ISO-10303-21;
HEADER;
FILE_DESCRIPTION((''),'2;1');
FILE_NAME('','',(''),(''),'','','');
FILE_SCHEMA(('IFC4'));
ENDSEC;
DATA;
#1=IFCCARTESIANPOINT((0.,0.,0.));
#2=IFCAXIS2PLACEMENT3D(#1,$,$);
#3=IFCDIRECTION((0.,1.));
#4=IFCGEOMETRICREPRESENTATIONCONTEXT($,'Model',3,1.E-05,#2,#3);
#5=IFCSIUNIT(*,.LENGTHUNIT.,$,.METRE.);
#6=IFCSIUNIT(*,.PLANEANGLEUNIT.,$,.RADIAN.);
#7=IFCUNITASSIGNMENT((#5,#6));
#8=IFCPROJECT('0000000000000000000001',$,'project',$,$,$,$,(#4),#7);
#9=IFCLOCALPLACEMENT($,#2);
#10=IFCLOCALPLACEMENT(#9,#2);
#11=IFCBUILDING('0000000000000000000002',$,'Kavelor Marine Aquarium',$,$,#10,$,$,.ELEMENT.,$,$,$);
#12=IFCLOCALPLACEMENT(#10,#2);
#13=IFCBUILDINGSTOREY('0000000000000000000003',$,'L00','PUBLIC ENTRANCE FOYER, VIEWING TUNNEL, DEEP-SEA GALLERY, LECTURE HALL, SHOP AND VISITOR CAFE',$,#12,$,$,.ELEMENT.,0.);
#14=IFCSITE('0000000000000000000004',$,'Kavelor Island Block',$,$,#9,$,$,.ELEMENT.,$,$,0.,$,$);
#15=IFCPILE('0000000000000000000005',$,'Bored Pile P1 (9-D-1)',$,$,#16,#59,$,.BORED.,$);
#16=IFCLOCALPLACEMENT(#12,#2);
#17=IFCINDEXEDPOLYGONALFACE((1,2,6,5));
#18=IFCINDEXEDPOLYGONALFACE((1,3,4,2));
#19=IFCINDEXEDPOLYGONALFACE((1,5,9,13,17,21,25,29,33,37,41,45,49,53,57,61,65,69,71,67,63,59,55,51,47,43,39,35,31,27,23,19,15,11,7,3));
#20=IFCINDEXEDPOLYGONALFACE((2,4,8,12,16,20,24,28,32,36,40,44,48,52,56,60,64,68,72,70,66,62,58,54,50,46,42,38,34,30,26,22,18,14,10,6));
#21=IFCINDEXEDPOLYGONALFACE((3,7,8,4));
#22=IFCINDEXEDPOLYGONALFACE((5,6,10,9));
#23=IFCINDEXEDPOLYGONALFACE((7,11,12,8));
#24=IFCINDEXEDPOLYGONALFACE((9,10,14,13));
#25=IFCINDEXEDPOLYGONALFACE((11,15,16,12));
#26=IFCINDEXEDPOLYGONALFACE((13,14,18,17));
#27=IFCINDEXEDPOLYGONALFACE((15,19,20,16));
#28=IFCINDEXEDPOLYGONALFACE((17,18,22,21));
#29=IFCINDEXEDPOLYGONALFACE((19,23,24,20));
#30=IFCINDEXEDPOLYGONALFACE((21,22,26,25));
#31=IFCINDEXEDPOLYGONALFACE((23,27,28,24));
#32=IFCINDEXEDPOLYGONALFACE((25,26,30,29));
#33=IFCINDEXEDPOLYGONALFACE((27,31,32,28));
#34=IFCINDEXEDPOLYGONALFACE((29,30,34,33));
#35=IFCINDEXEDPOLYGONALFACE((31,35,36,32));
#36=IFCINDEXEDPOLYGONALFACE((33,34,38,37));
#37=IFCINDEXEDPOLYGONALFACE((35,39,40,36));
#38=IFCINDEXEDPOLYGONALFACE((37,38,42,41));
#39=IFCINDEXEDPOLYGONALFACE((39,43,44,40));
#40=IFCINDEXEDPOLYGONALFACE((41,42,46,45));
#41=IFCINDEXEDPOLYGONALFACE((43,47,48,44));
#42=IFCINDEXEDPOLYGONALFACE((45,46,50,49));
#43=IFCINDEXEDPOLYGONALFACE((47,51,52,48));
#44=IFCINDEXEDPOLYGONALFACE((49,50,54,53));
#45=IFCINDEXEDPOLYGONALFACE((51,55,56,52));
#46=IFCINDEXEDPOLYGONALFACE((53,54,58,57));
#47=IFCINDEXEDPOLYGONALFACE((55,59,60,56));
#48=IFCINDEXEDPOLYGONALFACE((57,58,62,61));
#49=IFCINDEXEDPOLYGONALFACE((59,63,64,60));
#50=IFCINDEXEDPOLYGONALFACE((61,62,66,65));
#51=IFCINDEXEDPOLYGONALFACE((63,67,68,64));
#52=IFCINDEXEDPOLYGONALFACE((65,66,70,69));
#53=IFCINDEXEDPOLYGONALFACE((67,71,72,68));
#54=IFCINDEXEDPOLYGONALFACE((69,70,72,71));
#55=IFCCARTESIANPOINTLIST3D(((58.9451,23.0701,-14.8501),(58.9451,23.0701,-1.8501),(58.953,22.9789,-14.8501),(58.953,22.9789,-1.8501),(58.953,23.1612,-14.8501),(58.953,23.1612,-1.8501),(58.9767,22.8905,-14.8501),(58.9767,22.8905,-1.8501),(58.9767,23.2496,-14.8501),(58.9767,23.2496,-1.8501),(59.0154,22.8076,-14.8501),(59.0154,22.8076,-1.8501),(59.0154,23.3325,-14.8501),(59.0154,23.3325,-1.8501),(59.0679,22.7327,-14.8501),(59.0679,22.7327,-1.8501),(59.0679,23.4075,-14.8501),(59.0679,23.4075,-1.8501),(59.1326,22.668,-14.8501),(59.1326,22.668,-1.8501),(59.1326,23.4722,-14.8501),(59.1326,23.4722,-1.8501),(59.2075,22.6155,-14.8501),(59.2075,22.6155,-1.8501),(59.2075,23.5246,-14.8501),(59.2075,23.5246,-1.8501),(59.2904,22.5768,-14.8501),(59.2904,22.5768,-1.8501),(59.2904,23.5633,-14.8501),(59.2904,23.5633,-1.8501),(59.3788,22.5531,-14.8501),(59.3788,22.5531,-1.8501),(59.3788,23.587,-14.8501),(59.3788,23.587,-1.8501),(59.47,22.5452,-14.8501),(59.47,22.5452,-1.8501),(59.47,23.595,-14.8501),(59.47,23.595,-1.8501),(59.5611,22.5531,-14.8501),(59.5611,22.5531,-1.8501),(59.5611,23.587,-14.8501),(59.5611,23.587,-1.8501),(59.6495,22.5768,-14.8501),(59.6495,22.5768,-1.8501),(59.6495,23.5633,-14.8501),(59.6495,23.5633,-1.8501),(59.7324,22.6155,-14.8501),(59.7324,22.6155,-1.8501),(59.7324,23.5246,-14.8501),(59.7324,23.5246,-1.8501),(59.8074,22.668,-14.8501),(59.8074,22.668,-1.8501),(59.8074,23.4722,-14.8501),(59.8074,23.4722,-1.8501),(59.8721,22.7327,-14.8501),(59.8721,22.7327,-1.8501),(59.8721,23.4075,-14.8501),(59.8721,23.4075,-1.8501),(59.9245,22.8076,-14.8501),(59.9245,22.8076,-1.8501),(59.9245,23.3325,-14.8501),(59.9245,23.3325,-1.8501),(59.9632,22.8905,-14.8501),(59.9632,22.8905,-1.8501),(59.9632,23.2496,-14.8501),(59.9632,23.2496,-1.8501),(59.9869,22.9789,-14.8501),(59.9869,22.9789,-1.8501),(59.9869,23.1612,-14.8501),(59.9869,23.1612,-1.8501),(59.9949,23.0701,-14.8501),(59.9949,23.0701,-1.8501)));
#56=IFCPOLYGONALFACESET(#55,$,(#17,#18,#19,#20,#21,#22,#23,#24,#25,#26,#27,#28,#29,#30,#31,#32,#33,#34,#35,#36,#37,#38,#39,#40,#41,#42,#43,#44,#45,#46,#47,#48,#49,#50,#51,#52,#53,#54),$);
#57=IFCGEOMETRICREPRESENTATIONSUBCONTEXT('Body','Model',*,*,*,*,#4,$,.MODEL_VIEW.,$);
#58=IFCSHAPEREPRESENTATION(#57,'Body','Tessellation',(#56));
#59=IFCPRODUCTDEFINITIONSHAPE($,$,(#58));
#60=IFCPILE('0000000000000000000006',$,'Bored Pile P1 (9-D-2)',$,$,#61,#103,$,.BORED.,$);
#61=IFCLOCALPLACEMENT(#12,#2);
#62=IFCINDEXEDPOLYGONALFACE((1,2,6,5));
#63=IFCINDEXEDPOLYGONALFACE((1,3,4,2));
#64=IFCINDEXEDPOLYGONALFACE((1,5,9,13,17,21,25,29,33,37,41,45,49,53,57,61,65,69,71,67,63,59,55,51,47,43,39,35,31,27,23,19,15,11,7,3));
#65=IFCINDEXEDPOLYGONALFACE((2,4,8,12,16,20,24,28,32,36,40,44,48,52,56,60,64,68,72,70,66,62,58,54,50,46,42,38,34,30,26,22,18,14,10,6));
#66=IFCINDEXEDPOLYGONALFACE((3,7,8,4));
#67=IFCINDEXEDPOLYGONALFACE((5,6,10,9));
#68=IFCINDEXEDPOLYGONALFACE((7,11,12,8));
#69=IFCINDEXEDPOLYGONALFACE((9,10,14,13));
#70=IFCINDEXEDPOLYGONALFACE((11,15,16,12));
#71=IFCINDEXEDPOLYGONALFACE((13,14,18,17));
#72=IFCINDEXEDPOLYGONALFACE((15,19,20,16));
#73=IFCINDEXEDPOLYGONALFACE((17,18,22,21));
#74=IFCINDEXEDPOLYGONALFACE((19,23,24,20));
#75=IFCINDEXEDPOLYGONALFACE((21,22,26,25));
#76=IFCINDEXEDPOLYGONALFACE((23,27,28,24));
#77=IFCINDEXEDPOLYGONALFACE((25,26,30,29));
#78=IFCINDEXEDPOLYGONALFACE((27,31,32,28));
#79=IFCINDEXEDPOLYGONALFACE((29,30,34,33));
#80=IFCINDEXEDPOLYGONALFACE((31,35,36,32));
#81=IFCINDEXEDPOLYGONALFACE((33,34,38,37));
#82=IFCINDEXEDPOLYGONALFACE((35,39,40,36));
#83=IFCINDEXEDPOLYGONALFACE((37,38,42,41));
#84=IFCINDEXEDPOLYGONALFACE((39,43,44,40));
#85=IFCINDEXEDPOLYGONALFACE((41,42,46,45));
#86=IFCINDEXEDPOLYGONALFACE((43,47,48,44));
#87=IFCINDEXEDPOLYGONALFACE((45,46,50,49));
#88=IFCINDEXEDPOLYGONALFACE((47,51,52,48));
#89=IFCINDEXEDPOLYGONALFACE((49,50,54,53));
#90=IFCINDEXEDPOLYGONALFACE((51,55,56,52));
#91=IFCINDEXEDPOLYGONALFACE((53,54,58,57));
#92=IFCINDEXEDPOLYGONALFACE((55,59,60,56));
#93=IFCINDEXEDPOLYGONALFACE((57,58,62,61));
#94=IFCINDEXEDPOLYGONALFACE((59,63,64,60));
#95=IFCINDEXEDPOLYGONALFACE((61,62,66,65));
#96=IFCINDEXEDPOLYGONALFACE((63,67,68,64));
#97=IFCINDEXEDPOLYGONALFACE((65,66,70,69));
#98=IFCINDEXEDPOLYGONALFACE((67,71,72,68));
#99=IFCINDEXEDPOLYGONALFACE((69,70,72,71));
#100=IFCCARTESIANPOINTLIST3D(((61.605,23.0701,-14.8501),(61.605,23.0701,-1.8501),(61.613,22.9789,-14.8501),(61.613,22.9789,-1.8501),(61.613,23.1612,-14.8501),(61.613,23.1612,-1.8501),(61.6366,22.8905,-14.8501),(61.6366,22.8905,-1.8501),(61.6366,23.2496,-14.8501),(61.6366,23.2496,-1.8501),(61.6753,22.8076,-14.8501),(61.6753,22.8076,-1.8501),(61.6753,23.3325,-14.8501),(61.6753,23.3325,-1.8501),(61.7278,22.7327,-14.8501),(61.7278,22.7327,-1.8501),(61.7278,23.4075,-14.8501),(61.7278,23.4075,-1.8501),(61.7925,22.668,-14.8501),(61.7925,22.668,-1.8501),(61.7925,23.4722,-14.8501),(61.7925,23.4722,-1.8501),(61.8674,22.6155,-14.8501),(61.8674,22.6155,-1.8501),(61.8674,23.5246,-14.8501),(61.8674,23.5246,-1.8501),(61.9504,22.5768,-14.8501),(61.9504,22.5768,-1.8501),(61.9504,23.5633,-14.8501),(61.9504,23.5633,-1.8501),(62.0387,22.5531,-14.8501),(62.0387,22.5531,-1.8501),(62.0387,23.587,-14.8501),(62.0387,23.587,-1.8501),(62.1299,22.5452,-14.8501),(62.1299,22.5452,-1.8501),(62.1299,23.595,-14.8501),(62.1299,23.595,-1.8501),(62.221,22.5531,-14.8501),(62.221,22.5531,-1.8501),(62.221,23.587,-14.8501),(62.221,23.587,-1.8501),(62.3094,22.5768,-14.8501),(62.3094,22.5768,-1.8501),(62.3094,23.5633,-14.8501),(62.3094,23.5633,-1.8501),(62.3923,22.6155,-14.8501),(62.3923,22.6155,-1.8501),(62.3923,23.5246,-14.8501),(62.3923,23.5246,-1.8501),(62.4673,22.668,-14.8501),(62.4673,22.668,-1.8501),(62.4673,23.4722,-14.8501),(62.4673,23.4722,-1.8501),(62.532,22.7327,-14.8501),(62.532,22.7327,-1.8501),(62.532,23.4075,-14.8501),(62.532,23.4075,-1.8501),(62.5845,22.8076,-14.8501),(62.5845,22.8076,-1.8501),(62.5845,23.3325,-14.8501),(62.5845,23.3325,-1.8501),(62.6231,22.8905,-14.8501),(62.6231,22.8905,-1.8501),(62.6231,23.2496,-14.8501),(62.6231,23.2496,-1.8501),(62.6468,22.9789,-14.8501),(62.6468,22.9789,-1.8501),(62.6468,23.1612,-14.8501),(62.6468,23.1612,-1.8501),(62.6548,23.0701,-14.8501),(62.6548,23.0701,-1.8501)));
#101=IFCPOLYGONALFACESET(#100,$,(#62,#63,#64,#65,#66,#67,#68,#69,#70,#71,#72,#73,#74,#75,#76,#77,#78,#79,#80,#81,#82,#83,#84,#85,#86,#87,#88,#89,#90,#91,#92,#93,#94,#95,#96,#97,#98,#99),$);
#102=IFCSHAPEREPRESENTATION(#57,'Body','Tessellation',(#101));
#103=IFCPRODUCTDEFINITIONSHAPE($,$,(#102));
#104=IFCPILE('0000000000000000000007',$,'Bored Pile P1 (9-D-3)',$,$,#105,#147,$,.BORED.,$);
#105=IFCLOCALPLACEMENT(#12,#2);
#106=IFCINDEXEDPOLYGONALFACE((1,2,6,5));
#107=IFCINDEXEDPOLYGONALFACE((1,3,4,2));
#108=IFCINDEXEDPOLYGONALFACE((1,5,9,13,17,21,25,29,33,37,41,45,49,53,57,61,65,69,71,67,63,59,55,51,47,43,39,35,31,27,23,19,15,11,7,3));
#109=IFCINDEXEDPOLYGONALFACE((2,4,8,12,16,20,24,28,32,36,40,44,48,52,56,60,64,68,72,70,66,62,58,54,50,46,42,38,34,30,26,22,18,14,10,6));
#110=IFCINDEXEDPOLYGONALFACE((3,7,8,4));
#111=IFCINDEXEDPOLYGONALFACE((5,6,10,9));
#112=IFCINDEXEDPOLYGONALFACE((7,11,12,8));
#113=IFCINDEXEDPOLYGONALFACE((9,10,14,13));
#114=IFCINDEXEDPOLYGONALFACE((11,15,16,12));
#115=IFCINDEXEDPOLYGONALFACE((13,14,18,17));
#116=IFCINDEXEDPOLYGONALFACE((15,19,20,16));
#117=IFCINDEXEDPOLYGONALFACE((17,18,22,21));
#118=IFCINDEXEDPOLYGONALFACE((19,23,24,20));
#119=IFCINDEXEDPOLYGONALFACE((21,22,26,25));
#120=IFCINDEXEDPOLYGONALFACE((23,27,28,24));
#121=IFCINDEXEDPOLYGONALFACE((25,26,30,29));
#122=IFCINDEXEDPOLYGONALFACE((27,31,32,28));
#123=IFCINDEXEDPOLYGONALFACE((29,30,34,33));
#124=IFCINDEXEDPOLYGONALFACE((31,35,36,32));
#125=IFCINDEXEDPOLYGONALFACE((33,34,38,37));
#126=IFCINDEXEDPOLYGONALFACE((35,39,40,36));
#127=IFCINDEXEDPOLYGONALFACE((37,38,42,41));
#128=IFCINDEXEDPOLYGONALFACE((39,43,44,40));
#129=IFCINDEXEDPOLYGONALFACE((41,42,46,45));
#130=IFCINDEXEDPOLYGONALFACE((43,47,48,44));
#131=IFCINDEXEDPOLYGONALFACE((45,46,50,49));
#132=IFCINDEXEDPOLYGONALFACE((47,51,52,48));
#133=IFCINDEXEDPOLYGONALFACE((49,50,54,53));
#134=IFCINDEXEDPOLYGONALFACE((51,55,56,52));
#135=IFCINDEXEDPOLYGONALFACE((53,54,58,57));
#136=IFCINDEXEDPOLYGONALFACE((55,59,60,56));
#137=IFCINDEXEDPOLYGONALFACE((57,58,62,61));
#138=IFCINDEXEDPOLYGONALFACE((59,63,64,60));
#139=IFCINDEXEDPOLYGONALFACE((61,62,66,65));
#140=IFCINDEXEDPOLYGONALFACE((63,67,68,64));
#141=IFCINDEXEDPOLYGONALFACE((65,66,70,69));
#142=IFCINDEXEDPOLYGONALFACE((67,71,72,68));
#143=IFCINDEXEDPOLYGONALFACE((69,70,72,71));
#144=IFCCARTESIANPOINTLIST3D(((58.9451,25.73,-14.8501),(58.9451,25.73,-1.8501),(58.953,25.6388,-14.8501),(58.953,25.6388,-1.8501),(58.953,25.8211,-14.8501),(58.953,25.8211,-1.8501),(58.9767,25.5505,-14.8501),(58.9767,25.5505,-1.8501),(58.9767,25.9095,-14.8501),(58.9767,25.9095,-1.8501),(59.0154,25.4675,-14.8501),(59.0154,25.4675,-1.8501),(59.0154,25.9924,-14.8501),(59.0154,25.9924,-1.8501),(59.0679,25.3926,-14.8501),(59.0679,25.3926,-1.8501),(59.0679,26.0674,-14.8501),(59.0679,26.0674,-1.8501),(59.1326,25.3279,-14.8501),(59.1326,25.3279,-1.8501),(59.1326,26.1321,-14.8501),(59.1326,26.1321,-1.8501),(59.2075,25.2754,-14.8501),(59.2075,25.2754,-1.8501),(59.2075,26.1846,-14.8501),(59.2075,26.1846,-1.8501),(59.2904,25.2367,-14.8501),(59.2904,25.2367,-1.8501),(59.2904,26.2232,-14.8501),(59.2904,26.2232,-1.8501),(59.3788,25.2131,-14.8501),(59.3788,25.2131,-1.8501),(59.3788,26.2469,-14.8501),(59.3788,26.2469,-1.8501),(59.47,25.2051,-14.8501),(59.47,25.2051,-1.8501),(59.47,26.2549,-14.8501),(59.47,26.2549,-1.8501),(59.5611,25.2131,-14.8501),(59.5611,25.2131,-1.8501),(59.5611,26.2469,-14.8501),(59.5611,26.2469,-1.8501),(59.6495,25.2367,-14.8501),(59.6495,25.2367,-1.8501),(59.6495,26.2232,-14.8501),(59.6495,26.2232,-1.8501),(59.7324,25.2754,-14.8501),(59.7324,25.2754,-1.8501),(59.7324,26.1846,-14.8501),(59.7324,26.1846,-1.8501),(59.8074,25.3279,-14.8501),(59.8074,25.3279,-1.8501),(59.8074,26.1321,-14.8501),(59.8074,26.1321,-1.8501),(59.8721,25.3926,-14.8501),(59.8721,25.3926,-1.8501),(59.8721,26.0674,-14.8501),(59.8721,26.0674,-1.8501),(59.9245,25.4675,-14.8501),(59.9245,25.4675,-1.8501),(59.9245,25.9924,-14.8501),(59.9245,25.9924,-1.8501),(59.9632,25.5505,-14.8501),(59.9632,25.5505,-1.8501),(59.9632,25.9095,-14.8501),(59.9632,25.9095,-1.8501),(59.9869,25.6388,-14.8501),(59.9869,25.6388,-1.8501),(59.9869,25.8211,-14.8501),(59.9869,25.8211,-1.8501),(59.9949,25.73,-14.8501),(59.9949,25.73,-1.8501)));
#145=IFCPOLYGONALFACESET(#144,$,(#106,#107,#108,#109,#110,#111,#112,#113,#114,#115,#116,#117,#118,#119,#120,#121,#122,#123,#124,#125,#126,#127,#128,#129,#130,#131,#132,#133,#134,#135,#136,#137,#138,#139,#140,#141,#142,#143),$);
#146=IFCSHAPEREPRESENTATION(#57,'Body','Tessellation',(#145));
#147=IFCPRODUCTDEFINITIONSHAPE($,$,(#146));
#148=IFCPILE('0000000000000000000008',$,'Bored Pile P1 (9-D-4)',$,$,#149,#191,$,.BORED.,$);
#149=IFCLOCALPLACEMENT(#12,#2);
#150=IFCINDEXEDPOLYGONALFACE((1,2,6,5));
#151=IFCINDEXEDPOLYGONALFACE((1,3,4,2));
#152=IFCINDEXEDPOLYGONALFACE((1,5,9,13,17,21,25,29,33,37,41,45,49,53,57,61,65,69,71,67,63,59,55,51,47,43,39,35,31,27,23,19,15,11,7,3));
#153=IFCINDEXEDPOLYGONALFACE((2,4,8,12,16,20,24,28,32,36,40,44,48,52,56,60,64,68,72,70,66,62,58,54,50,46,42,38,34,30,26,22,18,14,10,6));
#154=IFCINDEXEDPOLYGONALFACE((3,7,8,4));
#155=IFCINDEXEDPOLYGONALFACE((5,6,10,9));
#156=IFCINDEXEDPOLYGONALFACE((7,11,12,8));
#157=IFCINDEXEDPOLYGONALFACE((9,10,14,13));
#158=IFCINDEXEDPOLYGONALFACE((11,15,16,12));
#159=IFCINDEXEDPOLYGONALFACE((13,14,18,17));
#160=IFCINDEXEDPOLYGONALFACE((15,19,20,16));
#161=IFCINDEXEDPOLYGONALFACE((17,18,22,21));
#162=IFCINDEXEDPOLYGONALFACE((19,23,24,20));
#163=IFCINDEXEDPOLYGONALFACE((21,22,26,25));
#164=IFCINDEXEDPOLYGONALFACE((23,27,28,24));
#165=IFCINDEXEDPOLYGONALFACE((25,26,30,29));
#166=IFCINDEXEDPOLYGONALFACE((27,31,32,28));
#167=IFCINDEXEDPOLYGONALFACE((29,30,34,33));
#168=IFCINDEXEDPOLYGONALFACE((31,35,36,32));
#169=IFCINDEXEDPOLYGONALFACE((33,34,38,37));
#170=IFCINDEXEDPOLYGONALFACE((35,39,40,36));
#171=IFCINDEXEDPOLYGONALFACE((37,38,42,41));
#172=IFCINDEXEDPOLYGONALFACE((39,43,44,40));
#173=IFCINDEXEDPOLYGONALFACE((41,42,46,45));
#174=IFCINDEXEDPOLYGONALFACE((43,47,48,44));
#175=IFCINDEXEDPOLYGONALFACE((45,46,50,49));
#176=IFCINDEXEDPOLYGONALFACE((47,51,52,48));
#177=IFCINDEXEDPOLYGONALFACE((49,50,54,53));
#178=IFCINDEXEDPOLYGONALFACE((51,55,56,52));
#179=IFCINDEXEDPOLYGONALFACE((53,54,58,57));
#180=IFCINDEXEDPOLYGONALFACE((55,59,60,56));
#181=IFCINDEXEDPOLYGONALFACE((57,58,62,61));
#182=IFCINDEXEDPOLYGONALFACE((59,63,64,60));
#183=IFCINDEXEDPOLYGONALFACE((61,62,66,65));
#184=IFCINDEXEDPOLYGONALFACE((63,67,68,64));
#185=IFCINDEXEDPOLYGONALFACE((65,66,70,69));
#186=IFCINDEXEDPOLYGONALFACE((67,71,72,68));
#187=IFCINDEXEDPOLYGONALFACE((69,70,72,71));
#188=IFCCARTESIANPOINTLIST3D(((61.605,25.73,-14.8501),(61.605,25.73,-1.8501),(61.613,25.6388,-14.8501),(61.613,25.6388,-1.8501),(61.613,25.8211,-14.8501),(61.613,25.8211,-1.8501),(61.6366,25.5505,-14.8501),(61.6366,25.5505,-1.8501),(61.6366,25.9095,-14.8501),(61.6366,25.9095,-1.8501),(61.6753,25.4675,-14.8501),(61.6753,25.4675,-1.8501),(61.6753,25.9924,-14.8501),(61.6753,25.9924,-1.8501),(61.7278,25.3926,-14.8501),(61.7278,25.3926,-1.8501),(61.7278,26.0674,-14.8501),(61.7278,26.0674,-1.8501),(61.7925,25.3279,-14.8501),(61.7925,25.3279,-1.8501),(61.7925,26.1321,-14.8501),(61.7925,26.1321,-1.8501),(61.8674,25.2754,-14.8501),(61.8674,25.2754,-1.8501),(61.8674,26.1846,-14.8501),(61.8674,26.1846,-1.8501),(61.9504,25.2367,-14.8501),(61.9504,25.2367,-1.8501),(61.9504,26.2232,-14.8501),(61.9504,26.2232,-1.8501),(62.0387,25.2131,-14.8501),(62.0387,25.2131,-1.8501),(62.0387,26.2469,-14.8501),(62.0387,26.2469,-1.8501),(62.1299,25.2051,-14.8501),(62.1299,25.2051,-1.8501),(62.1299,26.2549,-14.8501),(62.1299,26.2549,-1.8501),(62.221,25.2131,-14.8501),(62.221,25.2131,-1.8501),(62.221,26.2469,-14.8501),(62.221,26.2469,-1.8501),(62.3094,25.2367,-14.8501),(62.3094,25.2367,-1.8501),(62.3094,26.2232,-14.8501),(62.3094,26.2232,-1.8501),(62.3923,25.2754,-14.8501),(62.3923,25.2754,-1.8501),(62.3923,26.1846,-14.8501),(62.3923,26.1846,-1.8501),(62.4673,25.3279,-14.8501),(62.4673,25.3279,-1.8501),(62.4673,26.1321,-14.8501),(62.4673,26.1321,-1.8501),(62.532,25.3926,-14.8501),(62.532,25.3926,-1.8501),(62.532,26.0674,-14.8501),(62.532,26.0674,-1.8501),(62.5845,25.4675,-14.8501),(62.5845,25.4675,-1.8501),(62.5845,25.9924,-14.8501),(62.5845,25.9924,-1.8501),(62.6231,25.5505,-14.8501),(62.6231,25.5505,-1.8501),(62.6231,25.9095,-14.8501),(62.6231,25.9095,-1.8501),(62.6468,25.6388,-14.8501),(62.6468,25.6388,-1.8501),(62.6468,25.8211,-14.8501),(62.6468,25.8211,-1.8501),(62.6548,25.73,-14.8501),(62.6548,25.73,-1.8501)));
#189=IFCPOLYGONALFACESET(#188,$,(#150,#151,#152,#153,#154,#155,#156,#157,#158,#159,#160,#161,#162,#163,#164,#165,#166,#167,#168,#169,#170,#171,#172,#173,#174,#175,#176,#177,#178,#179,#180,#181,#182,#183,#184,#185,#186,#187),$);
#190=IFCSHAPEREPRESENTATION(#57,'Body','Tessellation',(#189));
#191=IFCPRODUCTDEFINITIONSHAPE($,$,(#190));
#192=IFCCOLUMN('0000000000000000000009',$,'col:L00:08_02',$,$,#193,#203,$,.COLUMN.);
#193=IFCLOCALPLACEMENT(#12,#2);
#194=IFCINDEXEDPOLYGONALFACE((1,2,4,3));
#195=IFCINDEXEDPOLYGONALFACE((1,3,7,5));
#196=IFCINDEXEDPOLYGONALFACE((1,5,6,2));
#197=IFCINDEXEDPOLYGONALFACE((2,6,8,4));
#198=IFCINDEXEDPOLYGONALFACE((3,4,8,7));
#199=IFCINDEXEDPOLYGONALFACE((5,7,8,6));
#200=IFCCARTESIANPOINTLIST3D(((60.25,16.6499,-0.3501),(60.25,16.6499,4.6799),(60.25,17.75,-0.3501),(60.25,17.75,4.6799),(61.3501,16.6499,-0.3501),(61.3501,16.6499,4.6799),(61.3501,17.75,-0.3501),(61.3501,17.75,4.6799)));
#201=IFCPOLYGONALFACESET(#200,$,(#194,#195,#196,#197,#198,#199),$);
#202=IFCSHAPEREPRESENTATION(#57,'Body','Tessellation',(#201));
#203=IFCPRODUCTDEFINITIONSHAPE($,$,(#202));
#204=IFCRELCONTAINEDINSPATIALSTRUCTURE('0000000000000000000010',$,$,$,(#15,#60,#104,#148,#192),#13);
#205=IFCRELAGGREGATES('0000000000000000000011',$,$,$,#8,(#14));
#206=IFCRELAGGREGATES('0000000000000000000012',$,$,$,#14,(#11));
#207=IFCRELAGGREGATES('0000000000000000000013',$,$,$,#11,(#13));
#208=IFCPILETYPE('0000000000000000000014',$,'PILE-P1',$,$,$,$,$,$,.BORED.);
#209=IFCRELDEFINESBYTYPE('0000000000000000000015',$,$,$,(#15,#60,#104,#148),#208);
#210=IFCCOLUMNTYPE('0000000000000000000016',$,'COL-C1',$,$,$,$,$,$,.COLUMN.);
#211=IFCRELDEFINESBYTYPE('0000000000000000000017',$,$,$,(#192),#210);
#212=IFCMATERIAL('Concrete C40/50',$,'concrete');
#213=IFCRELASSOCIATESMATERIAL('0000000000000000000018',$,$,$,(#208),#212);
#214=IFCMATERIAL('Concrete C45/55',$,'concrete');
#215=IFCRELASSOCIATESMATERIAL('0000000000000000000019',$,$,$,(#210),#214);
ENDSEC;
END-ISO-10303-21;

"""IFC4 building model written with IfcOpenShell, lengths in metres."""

from ifc_helpers import new_model, si_unit, direction, frame, origin, origin_2d, place, context, subcontext, project, spatial, rectangle, circle, extrude, material, material_profile, profile_set, type_object, element, save


model = new_model("IFC4")

# Units and contexts
model_context = context("Model", 3, precision=1e-05, world=origin(), true_north=direction((0.0, 1.0)))
body_context = subcontext(model_context, "Body", "Model", "MODEL_VIEW")
ifc_project = project(units=[si_unit("LENGTHUNIT", "METRE"), si_unit("PLANEANGLEUNIT", "RADIAN")], contexts=[model_context])

# Site, building, storey
site_placement = place(None, origin())
site = spatial("IfcSite", under=ifc_project, at=site_placement, Name="Kavelor Island Block", CompositionType="ELEMENT", RefElevation=0.0)
building_placement = place(site_placement, origin())
building = spatial("IfcBuilding", under=site, at=building_placement, Name="Kavelor Marine Aquarium", CompositionType="ELEMENT")
storey_placement = place(building_placement, origin())
storey = spatial("IfcBuildingStorey", under=building, at=storey_placement, Name="L00", Description="PUBLIC ENTRANCE FOYER, VIEWING TUNNEL, DEEP-SEA GALLERY, LECTURE HALL, SHOP AND VISITOR CAFE", CompositionType="ELEMENT", Elevation=0.0)

# Piles
ifc_material_1 = material(Name="Concrete C40/50", Category="concrete")
ifc_material_profile_1 = material_profile(ifc_material_1, circle(Radius=0.5249, at=origin_2d()), Name="PILE D1050")
ifc_profile_set_1 = profile_set([ifc_material_profile_1], Name="Concrete C40/50")
pile_type = type_object("IfcPileType", Name="PILE-P1", PredefinedType="BORED", material=ifc_profile_set_1)
for number, where, z_axis, x_axis, name in (
    (1, (59.47, 23.0701, -1.8501), (0.0, 0.0, -1.0), (1.0, 0.0, 0.0), "Bored Pile P1 (9-D-1)"),
    (2, (62.1299, 23.0701, -1.8501), (0.0, 0.0, -1.0), (1.0, 0.0, 0.0), "Bored Pile P1 (9-D-2)"),
    (3, (59.47, 25.73, -1.8501), (0.0, 0.0, -1.0), (1.0, 0.0, 0.0), "Bored Pile P1 (9-D-3)"),
    (4, (62.1299, 25.73, -1.8501), (0.0, 0.0, -1.0), (1.0, 0.0, 0.0), "Bored Pile P1 (9-D-4)"),
):
    element("IfcPile", number, at=place(storey_placement, frame(where, z_axis=z_axis, x_axis=x_axis)), inside=storey, type_object=pile_type, Name=name, PredefinedType="BORED", context=body_context, shape_type="SweptSolid", body=[
        extrude(circle(Radius=0.5249, at=origin_2d()), origin(), (0.0, 0.0, 1.0), 13.0),
    ])

# Column
ifc_material_2 = material(Name="Concrete C45/55", Category="concrete")
ifc_material_profile_2 = material_profile(ifc_material_2, rectangle(XDim=1.1001, YDim=1.1001, at=origin_2d()), Name="RC-COL 1100x1100")
ifc_profile_set_2 = profile_set([ifc_material_profile_2], Name="Concrete C45/55")
column_type_1 = type_object("IfcColumnType", Name="COL-C1", PredefinedType="COLUMN", material=ifc_profile_set_2)
column_1_placement = place(storey_placement, frame((60.8, 17.2, -0.3501), z_axis=(0.0, 0.0, 1.0), x_axis=(1.0, 0.0, 0.0)))
element("IfcColumn", 5, at=column_1_placement, inside=storey, type_object=column_type_1, Name="col:L00:08_02", PredefinedType="COLUMN", context=body_context, shape_type="SweptSolid", body=[
    extrude(rectangle(XDim=1.1001, YDim=1.1001, at=origin_2d()), origin(), (0.0, 0.0, 1.0), 5.03),
])

save(model, "model.ifc")
